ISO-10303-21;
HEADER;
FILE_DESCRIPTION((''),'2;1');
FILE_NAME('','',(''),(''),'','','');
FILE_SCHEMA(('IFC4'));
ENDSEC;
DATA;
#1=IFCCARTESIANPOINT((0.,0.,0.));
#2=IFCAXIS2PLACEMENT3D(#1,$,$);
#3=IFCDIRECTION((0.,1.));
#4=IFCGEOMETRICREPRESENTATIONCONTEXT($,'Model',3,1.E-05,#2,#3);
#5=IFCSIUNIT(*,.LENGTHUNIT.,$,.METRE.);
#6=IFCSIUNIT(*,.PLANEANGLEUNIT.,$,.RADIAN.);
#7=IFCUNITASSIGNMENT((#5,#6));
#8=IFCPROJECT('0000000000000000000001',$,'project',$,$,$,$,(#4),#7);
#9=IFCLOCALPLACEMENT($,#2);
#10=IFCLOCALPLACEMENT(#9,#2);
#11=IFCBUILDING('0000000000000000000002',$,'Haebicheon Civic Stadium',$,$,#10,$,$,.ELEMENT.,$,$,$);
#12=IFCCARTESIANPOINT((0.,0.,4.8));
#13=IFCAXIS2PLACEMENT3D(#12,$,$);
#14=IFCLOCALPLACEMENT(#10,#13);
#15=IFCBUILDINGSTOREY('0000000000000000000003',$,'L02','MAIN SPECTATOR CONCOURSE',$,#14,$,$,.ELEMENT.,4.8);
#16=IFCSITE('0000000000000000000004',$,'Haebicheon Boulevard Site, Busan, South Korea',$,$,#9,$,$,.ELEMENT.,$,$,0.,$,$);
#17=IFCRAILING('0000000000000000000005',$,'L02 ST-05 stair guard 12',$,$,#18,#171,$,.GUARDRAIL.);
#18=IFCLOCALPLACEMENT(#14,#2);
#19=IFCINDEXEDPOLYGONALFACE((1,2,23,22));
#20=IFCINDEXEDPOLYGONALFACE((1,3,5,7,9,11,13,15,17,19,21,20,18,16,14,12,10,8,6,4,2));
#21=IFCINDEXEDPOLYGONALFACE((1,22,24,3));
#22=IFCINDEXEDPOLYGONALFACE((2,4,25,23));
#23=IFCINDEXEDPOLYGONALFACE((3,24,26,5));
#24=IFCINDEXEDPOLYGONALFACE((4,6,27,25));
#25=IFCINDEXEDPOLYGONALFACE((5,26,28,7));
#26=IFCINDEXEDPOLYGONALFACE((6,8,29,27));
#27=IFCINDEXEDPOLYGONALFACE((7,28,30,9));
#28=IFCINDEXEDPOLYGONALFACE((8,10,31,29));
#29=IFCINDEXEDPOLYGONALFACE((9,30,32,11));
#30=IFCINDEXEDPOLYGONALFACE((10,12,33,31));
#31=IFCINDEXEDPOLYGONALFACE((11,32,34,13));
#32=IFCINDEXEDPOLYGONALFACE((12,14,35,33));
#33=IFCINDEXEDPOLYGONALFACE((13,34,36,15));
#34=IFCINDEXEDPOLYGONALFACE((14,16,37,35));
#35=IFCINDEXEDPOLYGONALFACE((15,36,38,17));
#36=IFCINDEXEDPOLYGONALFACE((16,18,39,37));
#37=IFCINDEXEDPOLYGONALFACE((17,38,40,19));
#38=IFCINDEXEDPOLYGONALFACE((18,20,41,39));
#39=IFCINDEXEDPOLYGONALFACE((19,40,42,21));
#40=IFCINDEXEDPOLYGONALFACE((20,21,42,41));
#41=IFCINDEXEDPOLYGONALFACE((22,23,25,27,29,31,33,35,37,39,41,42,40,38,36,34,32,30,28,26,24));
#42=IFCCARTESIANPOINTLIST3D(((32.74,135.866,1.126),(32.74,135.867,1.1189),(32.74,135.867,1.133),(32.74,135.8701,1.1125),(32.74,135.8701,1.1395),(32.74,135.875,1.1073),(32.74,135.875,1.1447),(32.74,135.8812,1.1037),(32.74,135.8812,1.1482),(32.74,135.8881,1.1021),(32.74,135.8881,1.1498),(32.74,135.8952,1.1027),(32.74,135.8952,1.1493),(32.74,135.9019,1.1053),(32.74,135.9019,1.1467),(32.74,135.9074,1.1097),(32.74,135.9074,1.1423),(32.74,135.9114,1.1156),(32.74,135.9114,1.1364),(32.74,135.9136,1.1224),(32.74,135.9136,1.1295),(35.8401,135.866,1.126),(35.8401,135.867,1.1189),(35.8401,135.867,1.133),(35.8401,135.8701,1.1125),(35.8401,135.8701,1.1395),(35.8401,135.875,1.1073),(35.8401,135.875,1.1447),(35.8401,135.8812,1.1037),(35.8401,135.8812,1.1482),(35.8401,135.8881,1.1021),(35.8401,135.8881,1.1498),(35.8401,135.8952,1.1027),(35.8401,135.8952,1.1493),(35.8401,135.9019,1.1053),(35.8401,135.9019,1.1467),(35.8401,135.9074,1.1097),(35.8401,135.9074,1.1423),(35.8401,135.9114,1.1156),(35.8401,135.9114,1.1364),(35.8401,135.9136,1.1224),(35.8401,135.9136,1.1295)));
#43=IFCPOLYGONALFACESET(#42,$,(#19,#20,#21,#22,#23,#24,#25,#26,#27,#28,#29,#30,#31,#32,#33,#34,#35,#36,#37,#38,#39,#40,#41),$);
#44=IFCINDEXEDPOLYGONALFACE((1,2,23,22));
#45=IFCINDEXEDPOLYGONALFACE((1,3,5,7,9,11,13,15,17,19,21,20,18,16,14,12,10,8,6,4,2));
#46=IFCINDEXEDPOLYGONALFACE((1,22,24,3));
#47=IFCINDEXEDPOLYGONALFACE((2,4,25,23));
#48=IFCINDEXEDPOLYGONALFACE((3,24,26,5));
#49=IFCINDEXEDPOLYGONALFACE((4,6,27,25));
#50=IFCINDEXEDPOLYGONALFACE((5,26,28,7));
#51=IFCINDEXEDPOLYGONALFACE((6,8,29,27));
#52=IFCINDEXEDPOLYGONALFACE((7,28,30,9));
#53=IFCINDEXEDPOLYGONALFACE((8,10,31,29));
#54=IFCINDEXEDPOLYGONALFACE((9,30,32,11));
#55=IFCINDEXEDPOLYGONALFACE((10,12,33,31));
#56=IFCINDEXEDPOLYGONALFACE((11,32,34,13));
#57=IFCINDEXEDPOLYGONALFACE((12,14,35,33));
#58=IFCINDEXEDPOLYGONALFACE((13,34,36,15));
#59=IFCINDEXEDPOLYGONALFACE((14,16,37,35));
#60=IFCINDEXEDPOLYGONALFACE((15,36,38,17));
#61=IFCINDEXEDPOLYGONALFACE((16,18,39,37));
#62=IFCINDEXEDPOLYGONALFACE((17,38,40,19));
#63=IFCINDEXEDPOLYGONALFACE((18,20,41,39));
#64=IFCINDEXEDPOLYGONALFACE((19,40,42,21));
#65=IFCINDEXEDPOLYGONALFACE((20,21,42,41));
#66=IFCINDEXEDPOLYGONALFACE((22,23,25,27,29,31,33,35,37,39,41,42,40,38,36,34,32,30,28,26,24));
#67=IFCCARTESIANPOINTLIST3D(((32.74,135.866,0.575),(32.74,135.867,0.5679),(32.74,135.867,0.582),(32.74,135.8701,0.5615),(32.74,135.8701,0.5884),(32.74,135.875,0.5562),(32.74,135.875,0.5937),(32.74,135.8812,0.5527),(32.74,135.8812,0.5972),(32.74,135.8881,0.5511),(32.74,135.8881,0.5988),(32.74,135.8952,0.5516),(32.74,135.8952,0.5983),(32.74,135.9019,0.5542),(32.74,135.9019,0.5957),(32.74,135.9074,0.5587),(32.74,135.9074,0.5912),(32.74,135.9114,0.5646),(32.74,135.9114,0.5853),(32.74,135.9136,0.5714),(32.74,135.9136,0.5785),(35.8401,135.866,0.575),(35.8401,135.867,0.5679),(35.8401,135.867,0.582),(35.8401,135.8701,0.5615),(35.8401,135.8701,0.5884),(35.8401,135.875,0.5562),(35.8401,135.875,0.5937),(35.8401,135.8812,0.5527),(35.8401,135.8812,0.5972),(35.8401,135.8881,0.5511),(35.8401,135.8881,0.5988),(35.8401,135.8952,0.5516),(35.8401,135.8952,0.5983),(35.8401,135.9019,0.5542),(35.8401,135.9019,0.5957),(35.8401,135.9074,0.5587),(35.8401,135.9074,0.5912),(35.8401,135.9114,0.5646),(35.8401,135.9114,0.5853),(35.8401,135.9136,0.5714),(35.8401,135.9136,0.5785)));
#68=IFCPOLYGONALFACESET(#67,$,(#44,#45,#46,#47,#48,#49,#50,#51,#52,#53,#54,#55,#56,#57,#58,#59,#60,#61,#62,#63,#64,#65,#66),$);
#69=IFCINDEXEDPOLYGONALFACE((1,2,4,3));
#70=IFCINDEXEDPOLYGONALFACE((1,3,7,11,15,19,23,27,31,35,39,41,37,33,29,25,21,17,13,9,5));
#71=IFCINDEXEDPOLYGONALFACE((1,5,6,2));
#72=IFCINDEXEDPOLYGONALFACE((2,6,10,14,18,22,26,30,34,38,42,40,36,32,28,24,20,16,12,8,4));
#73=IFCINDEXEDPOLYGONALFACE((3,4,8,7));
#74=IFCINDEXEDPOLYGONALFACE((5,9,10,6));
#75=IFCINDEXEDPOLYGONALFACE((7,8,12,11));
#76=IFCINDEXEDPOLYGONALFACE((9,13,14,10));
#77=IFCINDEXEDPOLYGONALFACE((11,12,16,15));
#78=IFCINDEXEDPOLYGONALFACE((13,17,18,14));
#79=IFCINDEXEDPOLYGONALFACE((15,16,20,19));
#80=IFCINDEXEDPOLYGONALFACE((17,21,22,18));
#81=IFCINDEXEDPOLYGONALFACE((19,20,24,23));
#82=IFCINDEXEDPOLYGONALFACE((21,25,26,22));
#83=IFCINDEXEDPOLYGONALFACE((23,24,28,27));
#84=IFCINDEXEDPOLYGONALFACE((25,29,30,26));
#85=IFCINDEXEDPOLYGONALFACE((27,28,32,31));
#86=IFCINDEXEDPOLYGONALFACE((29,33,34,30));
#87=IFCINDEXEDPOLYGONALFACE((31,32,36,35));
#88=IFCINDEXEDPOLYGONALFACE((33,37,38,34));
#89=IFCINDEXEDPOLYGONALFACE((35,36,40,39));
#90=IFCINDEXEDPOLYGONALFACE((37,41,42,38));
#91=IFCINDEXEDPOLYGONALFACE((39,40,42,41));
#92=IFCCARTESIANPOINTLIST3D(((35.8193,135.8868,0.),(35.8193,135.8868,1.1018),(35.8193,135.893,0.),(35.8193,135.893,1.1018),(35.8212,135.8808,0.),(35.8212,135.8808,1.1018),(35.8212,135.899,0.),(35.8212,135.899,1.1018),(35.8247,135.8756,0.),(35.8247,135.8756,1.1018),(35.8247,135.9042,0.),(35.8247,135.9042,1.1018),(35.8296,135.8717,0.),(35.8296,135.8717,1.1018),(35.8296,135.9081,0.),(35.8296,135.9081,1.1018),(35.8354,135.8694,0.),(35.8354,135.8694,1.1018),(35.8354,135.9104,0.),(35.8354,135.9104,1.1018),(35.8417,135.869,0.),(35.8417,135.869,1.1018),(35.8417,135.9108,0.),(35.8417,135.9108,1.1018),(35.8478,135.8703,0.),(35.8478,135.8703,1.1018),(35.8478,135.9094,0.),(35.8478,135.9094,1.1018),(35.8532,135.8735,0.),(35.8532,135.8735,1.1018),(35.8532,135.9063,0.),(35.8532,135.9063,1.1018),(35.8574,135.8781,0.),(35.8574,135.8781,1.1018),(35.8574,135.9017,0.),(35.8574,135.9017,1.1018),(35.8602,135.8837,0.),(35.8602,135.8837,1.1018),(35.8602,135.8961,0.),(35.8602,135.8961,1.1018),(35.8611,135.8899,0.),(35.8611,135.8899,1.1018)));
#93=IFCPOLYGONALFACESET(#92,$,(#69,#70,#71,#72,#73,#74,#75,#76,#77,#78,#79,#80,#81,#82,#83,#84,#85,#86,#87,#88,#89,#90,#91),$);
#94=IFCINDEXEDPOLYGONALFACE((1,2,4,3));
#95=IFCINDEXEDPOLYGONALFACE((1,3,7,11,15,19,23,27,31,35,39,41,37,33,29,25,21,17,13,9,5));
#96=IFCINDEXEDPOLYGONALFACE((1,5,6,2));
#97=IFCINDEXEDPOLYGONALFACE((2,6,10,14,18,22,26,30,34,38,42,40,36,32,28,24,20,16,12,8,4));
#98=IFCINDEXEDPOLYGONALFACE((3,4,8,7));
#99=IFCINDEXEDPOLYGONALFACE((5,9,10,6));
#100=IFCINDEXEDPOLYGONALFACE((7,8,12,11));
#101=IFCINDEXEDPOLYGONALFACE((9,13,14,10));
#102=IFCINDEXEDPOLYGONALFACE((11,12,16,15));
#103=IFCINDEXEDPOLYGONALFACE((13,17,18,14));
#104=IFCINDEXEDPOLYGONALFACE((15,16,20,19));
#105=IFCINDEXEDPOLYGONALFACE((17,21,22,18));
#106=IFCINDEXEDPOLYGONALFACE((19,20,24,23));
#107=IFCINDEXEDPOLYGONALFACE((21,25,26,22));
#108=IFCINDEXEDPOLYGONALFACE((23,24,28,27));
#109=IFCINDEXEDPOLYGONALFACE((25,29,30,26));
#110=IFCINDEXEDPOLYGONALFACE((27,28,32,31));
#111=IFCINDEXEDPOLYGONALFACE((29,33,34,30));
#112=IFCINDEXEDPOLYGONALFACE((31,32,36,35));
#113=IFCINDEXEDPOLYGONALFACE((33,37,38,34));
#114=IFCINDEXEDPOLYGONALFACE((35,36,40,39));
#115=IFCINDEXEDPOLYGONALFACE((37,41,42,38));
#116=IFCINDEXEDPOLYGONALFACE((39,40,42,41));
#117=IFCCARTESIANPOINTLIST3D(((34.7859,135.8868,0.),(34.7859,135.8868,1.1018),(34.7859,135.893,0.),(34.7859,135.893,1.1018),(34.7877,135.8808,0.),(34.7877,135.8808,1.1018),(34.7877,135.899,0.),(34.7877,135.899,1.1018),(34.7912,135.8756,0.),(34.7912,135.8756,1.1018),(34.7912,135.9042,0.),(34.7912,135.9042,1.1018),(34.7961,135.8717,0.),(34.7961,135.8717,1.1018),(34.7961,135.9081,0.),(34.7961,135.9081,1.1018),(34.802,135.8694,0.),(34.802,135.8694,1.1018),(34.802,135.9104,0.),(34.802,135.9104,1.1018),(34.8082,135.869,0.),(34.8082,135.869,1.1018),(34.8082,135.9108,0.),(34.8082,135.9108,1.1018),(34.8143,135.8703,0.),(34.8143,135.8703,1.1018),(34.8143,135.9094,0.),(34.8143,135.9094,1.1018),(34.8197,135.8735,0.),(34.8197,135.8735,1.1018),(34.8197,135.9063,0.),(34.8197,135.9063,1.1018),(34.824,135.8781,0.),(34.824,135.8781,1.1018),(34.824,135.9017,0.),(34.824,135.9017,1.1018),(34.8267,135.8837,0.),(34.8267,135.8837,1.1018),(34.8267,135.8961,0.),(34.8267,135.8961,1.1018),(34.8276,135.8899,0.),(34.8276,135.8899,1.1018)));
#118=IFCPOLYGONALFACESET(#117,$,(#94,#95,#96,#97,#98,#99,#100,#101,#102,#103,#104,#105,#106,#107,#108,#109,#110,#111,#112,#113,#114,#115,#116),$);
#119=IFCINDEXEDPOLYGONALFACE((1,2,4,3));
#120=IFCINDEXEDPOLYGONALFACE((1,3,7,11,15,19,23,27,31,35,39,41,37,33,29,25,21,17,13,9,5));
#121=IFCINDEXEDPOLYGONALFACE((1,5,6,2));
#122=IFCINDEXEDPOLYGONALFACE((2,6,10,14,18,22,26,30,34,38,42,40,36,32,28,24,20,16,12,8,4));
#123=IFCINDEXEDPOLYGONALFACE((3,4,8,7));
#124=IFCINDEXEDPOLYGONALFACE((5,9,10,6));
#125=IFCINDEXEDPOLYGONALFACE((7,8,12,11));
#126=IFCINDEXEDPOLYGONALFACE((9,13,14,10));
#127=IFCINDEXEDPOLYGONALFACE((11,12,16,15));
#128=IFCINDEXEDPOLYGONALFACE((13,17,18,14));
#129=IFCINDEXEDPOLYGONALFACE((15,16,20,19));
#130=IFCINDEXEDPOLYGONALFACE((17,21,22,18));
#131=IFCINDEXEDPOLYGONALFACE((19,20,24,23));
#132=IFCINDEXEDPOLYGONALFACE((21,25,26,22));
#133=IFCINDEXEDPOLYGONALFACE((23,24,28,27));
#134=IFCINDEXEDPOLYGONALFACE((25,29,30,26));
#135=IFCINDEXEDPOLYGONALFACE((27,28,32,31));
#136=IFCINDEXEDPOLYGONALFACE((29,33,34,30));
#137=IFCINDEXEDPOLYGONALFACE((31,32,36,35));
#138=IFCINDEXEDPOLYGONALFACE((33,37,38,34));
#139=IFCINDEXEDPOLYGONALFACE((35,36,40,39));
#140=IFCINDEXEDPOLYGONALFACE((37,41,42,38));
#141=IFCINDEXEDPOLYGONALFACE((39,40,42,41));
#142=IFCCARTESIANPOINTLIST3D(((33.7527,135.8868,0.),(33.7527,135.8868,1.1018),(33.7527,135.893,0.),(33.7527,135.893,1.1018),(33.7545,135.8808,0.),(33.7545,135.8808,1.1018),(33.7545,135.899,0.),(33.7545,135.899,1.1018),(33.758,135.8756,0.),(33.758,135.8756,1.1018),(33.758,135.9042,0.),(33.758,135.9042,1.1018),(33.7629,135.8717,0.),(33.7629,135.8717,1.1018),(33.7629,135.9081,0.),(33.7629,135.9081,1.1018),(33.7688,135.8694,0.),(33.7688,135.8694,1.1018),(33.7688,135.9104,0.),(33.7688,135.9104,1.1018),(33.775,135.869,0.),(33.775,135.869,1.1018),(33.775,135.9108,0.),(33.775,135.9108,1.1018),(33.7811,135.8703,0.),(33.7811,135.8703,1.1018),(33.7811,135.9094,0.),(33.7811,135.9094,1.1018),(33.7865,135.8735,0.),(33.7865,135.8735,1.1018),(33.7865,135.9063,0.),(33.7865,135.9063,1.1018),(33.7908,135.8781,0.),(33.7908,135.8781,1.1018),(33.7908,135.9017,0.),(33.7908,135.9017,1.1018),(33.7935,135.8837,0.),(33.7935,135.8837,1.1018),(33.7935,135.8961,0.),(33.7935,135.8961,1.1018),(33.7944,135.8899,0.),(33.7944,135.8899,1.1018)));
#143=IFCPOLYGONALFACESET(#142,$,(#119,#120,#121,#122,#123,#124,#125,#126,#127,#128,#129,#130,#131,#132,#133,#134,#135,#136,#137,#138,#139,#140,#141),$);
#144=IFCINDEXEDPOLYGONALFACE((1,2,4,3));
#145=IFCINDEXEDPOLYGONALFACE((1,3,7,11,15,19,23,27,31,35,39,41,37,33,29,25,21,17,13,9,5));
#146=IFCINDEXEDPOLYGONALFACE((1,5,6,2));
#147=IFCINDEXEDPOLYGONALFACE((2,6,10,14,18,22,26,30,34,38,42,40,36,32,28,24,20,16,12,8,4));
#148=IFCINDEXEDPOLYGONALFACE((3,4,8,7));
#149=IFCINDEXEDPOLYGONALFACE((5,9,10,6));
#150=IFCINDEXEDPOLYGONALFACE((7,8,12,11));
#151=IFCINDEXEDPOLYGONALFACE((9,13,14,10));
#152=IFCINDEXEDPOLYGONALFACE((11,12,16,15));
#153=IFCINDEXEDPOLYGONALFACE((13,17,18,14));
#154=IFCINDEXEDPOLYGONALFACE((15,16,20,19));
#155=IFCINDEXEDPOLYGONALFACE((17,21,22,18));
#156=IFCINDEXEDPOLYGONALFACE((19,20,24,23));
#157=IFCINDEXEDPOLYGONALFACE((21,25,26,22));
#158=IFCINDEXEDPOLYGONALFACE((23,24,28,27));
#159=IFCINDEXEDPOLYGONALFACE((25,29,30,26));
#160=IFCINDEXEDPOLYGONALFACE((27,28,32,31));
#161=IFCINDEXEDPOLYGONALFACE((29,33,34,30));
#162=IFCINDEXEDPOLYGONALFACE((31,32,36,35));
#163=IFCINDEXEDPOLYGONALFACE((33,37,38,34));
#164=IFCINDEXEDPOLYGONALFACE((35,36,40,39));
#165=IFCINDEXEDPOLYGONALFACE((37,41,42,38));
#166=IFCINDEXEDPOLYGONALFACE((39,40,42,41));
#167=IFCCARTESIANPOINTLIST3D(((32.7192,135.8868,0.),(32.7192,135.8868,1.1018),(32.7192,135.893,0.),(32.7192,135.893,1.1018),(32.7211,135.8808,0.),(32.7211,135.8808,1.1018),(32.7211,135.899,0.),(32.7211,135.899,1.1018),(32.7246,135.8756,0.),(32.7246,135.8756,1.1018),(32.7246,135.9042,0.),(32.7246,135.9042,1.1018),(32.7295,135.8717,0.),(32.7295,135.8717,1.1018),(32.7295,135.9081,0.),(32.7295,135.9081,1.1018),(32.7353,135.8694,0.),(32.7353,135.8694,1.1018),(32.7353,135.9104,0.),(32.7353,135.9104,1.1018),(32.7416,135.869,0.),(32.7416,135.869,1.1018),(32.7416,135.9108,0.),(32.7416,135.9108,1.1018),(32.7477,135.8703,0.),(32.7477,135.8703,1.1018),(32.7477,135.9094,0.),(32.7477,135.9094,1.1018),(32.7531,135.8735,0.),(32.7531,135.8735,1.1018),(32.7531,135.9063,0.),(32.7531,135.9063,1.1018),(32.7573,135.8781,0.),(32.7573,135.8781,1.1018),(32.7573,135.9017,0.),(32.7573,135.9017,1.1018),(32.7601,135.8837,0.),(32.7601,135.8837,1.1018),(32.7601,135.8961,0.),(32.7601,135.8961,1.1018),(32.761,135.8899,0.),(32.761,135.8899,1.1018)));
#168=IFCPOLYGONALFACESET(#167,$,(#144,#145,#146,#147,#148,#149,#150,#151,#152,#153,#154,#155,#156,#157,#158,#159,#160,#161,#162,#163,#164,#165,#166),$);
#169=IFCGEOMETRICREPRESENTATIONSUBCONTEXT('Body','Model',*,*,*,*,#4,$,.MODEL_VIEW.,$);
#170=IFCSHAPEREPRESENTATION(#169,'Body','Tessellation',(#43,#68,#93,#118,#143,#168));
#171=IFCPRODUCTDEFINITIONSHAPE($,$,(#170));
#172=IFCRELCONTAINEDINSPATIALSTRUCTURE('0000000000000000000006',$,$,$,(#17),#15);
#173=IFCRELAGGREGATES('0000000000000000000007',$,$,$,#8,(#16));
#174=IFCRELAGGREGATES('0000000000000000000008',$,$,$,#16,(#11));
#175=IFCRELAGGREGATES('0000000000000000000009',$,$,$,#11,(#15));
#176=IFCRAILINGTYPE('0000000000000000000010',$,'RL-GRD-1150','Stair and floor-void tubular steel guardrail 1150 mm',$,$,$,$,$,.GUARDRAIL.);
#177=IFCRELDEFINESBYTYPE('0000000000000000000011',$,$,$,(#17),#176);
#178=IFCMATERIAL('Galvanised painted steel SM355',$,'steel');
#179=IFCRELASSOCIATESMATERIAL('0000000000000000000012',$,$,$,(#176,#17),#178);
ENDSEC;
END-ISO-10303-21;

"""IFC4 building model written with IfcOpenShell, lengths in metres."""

from ifc_helpers import new_model, si_unit, direction, frame, origin, origin_2d, place, context, subcontext, project, spatial, circle, extrude, material, type_object, element, save


model = new_model("IFC4")

# Units and contexts
model_context = context("Model", 3, precision=1e-05, world=origin(), true_north=direction((0.0, 1.0)))
body_context = subcontext(model_context, "Body", "Model", "MODEL_VIEW")
ifc_project = project(units=[si_unit("LENGTHUNIT", "METRE"), si_unit("PLANEANGLEUNIT", "RADIAN")], contexts=[model_context])

# Site, building, storey
site_placement = place(None, origin())
site = spatial("IfcSite", under=ifc_project, at=site_placement, Name="Haebicheon Boulevard Site, Busan, South Korea", CompositionType="ELEMENT", RefElevation=0.0)
building_placement = place(site_placement, origin())
building = spatial("IfcBuilding", under=site, at=building_placement, Name="Haebicheon Civic Stadium", CompositionType="ELEMENT")
storey_placement = place(building_placement, frame((0.0, 0.0, 4.8)))
storey = spatial("IfcBuildingStorey", under=building, at=storey_placement, Name="L02", Description="MAIN SPECTATOR CONCOURSE", CompositionType="ELEMENT", Elevation=4.8)

# Railing
ifc_material_1 = material(Name="Galvanised painted steel SM355", Category="steel")
railing_type_1 = type_object("IfcRailingType", Name="RL-GRD-1150", Description="Stair and floor-void tubular steel guardrail 1150 mm", PredefinedType="GUARDRAIL", material=ifc_material_1)
railing_1_placement = place(storey_placement, frame((35.8401, 135.8899, 0.0)))
element("IfcRailing", 1, at=railing_1_placement, inside=storey, type_object=railing_type_1, material=ifc_material_1, Name="L02 ST-05 stair guard 12", PredefinedType="GUARDRAIL", context=body_context, shape_type="SweptSolid", body=[
    extrude(circle(Radius=0.0239, at=origin_2d()), frame((0.0, 0.0, 1.126), z_axis=(-1.0, 0.0, 0.0), x_axis=(0.0, -1.0, 0.0)), (0.0, 0.0, 1.0), 3.1001),
    extrude(circle(Radius=0.0239, at=origin_2d()), frame((0.0, 0.0, 0.575), z_axis=(-1.0, 0.0, 0.0), x_axis=(0.0, -1.0, 0.0)), (0.0, 0.0, 1.0), 3.1001),
    extrude(circle(Radius=0.021, at=origin_2d()), origin(), (0.0, 0.0, 1.0), 1.1018),
    extrude(circle(Radius=0.021, at=origin_2d()), frame((-1.0334, 0.0, 0.0)), (0.0, 0.0, 1.0), 1.1018),
    extrude(circle(Radius=0.021, at=origin_2d()), frame((-2.0667, 0.0, 0.0)), (0.0, 0.0, 1.0), 1.1018),
    extrude(circle(Radius=0.021, at=origin_2d()), frame((-3.1001, 0.0, 0.0)), (0.0, 0.0, 1.0), 1.1018),
])

save(model, "model.ifc")
